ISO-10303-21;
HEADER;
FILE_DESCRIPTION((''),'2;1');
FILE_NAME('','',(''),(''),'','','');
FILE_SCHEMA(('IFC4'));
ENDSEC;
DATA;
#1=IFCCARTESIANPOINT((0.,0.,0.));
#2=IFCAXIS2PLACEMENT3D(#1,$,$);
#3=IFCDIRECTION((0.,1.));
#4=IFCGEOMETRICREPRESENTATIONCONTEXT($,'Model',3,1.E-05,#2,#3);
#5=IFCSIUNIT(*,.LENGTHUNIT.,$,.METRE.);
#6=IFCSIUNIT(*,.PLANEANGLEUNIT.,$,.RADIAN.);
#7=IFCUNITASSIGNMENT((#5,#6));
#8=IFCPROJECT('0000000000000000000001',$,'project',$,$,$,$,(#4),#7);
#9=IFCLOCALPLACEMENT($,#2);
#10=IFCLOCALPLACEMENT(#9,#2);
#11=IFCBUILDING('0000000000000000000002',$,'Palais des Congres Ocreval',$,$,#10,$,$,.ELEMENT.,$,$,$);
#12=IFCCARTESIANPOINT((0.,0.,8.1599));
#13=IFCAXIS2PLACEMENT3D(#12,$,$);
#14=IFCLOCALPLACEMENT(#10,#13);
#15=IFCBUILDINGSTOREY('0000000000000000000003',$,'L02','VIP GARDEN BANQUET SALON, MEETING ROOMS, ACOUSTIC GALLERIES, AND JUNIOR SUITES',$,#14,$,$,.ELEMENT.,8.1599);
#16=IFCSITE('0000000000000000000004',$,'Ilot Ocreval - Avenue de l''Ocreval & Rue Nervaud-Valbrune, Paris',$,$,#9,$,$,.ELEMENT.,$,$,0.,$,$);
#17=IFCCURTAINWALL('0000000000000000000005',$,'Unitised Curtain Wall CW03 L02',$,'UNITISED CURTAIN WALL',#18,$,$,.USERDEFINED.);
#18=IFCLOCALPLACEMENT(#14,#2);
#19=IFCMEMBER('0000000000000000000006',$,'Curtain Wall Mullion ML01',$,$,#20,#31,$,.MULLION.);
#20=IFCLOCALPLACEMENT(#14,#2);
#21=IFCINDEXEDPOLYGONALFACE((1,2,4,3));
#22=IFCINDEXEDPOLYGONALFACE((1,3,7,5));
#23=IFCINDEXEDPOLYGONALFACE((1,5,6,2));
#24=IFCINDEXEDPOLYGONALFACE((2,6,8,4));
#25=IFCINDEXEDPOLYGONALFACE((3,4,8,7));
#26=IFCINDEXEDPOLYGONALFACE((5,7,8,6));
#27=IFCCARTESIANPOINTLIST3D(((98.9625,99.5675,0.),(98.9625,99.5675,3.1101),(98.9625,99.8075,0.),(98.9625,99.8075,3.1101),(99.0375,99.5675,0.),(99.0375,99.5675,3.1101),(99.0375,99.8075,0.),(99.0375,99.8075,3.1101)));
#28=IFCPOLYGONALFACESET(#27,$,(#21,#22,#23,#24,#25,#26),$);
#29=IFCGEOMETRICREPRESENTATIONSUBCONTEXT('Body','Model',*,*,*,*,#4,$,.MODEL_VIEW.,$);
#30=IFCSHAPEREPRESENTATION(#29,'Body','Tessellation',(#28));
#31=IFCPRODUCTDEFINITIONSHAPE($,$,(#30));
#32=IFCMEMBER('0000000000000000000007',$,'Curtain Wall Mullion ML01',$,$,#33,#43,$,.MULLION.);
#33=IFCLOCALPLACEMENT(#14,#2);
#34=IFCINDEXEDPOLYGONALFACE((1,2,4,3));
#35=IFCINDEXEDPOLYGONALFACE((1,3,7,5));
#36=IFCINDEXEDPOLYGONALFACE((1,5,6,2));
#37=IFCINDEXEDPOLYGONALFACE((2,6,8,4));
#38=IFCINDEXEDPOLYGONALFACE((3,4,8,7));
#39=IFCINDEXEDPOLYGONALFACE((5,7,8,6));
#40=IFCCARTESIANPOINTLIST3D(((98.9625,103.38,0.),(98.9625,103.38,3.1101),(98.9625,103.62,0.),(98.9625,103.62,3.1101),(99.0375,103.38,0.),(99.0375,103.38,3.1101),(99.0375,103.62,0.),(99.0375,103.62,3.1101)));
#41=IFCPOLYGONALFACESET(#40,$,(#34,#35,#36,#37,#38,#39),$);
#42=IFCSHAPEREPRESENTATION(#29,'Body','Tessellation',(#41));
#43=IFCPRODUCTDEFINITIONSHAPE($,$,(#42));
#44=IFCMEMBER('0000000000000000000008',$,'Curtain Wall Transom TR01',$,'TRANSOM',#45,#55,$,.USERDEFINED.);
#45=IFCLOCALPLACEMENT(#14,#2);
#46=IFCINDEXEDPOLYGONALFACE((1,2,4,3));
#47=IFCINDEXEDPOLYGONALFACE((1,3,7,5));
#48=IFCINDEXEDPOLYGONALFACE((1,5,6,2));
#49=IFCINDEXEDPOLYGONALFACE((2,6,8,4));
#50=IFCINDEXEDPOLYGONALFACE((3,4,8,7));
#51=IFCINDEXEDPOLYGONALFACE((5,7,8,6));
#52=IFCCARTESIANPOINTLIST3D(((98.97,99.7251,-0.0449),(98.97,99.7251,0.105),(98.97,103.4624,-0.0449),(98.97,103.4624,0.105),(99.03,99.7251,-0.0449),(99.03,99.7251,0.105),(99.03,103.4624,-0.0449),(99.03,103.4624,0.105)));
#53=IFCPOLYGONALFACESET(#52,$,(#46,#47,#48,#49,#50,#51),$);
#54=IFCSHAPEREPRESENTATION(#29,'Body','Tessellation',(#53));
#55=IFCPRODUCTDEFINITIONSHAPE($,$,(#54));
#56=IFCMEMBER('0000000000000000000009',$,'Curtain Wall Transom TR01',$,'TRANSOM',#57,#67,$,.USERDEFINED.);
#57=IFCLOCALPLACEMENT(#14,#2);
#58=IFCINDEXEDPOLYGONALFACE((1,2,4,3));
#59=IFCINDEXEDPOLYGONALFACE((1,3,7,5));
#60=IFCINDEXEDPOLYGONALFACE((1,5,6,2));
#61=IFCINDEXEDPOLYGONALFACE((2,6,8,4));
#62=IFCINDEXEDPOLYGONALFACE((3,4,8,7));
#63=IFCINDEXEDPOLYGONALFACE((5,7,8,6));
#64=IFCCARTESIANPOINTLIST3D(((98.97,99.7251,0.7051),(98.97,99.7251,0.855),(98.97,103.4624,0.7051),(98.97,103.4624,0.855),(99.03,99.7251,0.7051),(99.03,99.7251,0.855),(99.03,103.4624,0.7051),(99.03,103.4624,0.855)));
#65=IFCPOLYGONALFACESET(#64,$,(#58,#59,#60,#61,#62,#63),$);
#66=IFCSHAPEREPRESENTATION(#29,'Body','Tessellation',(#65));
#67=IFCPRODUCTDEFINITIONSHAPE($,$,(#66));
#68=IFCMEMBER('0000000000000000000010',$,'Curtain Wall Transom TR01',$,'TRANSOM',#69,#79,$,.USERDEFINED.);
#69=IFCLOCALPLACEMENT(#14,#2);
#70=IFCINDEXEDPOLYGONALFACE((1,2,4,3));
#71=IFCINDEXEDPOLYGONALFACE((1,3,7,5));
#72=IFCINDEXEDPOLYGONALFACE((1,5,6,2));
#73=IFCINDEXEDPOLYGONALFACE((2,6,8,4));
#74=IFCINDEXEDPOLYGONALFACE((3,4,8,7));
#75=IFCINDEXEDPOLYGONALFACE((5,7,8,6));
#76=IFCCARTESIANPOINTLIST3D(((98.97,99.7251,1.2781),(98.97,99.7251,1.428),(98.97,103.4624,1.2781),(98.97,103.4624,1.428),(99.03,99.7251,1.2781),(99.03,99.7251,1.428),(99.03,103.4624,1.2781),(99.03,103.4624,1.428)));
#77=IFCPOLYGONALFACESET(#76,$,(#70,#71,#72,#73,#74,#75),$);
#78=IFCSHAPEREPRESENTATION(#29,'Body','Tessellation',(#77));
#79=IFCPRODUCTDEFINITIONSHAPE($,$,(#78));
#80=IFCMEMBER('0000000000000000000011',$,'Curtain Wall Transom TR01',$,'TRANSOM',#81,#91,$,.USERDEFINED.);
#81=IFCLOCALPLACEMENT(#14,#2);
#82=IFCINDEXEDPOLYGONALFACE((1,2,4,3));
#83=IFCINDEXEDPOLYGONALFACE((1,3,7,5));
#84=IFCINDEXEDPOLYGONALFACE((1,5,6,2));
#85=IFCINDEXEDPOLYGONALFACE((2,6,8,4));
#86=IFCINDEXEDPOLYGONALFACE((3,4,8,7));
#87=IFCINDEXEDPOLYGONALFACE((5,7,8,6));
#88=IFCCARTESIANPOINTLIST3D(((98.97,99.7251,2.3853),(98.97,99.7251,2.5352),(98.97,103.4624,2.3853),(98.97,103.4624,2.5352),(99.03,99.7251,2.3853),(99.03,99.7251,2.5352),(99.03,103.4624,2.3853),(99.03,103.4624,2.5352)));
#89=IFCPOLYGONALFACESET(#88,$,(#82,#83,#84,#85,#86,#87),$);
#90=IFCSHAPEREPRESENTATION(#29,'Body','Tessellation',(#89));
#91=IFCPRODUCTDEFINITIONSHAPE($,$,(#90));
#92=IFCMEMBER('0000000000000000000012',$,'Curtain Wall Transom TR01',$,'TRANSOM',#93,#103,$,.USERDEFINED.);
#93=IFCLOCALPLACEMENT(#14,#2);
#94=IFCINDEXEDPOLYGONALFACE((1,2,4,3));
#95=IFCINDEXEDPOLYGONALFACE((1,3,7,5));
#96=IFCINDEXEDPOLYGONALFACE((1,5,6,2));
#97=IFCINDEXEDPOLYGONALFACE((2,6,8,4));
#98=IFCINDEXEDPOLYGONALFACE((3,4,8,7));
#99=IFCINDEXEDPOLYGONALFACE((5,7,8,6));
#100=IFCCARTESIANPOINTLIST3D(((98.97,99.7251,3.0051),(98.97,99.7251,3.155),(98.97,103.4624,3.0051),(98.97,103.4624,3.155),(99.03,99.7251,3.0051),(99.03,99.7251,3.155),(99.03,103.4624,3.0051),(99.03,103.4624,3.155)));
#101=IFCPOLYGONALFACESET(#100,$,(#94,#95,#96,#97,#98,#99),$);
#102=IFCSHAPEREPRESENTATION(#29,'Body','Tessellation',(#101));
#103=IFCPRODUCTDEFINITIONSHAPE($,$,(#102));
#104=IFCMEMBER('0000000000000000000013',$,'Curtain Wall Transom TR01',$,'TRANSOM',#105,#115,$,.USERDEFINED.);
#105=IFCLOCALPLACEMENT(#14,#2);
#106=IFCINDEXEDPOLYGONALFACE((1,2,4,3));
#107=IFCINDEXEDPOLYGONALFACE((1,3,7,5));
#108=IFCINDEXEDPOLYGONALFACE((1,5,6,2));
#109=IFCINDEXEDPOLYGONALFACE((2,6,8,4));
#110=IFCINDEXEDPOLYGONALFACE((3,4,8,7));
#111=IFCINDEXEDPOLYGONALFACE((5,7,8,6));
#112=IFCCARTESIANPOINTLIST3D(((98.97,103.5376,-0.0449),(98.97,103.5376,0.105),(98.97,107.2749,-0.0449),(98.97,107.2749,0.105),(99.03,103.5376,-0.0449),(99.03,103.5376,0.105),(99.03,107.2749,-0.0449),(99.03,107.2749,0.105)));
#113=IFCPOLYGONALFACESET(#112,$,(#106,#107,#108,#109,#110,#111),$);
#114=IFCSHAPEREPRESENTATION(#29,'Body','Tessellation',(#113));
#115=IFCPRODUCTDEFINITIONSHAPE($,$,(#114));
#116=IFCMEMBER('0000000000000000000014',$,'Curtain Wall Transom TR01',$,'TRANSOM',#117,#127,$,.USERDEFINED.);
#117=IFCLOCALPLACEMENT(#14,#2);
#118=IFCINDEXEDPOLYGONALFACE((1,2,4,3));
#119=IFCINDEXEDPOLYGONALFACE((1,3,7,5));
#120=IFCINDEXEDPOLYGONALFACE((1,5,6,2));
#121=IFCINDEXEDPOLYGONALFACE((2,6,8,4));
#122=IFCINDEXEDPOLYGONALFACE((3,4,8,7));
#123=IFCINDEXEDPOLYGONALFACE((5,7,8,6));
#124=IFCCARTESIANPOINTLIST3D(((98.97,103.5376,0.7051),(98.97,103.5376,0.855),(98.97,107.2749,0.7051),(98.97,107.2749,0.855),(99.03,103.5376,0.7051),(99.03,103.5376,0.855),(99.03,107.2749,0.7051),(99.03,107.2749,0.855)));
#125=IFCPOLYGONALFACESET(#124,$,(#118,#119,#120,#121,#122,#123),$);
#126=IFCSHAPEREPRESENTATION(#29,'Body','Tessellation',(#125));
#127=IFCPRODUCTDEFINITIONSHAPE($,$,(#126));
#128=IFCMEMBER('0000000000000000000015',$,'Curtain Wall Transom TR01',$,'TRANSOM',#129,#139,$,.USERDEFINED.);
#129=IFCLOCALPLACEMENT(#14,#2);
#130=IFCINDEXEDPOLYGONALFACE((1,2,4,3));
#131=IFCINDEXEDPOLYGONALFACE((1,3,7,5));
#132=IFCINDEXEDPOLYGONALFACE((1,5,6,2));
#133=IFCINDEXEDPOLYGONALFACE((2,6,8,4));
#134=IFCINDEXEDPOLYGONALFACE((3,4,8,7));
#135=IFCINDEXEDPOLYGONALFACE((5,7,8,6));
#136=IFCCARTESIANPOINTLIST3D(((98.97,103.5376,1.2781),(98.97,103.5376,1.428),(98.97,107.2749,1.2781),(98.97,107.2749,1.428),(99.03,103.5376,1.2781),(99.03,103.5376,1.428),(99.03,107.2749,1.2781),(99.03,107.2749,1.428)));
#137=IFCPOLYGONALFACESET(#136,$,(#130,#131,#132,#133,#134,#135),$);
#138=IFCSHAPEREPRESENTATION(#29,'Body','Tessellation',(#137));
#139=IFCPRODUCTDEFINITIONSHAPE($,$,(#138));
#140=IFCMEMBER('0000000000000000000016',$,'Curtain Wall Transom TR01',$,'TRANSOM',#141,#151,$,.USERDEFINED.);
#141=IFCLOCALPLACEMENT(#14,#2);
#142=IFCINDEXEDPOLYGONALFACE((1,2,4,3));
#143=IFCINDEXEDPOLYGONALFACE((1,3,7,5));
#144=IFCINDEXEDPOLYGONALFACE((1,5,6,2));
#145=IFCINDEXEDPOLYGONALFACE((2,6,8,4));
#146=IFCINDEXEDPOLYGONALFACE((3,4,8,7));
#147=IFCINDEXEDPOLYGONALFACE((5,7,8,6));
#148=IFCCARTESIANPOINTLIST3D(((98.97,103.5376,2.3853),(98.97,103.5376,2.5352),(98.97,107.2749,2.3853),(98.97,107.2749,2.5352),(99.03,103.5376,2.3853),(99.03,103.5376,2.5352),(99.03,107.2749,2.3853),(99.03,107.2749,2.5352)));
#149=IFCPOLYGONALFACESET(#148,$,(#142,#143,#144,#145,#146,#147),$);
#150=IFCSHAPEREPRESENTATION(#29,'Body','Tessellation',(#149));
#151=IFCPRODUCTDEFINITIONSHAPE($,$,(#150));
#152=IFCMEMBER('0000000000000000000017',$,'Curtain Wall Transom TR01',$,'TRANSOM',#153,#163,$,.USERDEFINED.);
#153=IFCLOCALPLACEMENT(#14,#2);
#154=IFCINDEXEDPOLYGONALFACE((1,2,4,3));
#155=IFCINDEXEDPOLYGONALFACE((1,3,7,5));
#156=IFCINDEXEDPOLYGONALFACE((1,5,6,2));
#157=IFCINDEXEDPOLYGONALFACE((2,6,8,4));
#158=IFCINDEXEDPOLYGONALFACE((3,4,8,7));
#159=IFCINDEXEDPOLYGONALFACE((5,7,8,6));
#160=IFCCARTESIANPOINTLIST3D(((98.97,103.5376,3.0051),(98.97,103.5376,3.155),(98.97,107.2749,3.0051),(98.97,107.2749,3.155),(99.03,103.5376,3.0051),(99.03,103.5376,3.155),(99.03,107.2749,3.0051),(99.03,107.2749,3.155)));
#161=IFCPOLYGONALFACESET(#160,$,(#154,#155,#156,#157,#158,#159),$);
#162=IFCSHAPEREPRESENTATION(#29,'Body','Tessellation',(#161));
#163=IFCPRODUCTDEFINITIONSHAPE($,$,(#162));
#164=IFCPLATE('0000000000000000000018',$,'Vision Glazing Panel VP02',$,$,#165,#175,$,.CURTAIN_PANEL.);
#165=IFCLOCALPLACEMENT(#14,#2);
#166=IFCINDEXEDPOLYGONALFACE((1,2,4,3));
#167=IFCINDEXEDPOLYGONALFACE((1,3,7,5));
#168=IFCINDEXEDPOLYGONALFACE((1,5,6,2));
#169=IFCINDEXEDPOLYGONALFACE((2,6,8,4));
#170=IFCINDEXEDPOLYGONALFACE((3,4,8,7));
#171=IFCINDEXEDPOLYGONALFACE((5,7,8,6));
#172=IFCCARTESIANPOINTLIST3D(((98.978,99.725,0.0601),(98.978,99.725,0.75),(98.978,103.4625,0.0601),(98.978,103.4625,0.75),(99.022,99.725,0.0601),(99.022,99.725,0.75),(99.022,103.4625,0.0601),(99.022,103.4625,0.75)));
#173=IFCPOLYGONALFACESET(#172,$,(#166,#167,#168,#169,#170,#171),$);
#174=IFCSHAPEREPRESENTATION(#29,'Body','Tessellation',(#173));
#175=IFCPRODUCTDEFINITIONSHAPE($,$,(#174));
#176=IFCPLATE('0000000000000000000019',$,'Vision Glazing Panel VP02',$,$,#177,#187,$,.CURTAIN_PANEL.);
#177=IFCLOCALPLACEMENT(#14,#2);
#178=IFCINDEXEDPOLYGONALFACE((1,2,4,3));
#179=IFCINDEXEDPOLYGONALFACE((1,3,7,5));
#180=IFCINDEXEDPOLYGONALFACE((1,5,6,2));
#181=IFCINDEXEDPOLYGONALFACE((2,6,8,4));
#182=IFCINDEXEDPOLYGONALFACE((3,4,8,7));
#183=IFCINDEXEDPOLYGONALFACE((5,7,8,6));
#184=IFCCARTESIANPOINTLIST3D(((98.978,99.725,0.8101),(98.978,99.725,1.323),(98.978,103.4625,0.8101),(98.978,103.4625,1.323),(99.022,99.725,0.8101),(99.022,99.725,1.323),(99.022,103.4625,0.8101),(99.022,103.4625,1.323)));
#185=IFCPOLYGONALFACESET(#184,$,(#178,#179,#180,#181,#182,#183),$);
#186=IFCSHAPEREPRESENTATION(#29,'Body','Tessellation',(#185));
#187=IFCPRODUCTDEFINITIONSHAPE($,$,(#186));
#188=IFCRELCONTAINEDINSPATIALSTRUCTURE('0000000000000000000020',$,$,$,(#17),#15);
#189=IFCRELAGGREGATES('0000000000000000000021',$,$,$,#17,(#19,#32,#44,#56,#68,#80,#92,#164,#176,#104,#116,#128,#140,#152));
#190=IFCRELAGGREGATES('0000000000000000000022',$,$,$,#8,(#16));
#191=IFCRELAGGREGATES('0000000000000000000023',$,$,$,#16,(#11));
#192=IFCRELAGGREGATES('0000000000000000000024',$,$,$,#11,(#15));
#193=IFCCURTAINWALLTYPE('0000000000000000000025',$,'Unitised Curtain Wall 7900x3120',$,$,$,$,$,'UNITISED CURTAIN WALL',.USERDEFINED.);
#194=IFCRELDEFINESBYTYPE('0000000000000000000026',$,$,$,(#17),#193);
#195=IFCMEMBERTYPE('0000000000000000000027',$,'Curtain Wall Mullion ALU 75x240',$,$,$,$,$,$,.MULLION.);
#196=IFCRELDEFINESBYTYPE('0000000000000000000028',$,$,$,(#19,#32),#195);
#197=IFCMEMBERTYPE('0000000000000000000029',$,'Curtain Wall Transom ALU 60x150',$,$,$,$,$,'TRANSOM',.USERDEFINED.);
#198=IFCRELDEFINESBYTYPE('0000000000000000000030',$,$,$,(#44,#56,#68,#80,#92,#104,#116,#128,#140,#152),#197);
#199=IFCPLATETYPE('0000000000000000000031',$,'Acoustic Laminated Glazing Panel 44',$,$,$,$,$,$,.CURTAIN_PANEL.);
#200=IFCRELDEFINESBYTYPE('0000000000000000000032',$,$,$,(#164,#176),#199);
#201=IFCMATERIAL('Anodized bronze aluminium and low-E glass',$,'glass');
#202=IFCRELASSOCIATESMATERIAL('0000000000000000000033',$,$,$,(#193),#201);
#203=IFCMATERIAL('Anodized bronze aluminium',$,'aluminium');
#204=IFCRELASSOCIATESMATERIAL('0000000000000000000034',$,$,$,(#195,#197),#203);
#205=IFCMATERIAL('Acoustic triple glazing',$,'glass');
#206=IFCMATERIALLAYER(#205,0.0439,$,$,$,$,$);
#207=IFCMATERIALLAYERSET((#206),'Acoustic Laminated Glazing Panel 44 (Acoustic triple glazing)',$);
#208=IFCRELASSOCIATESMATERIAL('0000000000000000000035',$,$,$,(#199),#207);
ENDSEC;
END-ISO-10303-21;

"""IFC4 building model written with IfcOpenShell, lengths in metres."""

from ifc_helpers import new_model, si_unit, direction, frame, origin, origin_2d, place, context, subcontext, project, spatial, rectangle, extrude, material, layer, layer_set, material_profile, profile_set, type_object, element, aggregate, save


model = new_model("IFC4")

# Units and contexts
model_context = context("Model", 3, precision=1e-05, world=origin(), true_north=direction((0.0, 1.0)))
body_context = subcontext(model_context, "Body", "Model", "MODEL_VIEW")
ifc_project = project(units=[si_unit("LENGTHUNIT", "METRE"), si_unit("PLANEANGLEUNIT", "RADIAN")], contexts=[model_context])

# Site, building, storey
site_placement = place(None, origin())
site = spatial("IfcSite", under=ifc_project, at=site_placement, Name="Ilot Ocreval - Avenue de l'Ocreval & Rue Nervaud-Valbrune, Paris", CompositionType="ELEMENT", RefElevation=0.0)
building_placement = place(site_placement, origin())
building = spatial("IfcBuilding", under=site, at=building_placement, Name="Palais des Congres Ocreval", CompositionType="ELEMENT")
storey_placement = place(building_placement, frame((0.0, 0.0, 8.1599)))
storey = spatial("IfcBuildingStorey", under=building, at=storey_placement, Name="L02", Description="VIP GARDEN BANQUET SALON, MEETING ROOMS, ACOUSTIC GALLERIES, AND JUNIOR SUITES", CompositionType="ELEMENT", Elevation=8.1599)

# Curtain wall, members, plates
ifc_material_1 = material(Name="Anodized bronze aluminium and low-E glass", Category="glass")
curtain_wall_type = type_object("IfcCurtainWallType", Name="Unitised Curtain Wall 7900x3120", ElementType="UNITISED CURTAIN WALL", PredefinedType="USERDEFINED", material=ifc_material_1)
curtain_wall_placement = place(storey_placement, origin())
curtain_wall = element("IfcCurtainWall", 1, at=curtain_wall_placement, inside=storey, type_object=curtain_wall_type, Name="Unitised Curtain Wall CW03 L02", ObjectType="UNITISED CURTAIN WALL", PredefinedType="USERDEFINED")
ifc_material_2 = material(Name="Anodized bronze aluminium", Category="aluminium")
ifc_material_profile_1 = material_profile(ifc_material_2, rectangle(XDim=0.075, YDim=0.24, at=origin_2d()), Name="ALU 75x240")
ifc_profile_set_1 = profile_set([ifc_material_profile_1], Name="Anodized bronze aluminium")
member_type_1 = type_object("IfcMemberType", Name="Curtain Wall Mullion ALU 75x240", PredefinedType="MULLION", material=ifc_profile_set_1)
member_1_placement = place(storey_placement, frame((99.0, 99.6875, 0.0), z_axis=(0.0, 0.0, 1.0), x_axis=(-1.0, 0.0, 0.0)))
member_1 = element("IfcMember", 2, at=member_1_placement, type_object=member_type_1, Name="Curtain Wall Mullion ML01", PredefinedType="MULLION", context=body_context, shape_type="SweptSolid", body=[
    extrude(rectangle(XDim=0.075, YDim=0.24, at=origin_2d()), origin(), (0.0, 0.0, 1.0), 3.1101),
])
member_2_placement = place(storey_placement, frame((99.0, 103.5, 0.0), z_axis=(0.0, 0.0, 1.0), x_axis=(-1.0, 0.0, 0.0)))
member_2 = element("IfcMember", 3, at=member_2_placement, type_object=member_type_1, Name="Curtain Wall Mullion ML01", PredefinedType="MULLION", context=body_context, shape_type="SweptSolid", body=[
    extrude(rectangle(XDim=0.075, YDim=0.24, at=origin_2d()), origin(), (0.0, 0.0, 1.0), 3.1101),
])
ifc_material_profile_2 = material_profile(ifc_material_2, rectangle(XDim=0.0601, YDim=0.1499, at=origin_2d()), Name="ALU 60x150")
ifc_profile_set_2 = profile_set([ifc_material_profile_2], Name="Anodized bronze aluminium")
member_type_2 = type_object("IfcMemberType", Name="Curtain Wall Transom ALU 60x150", ElementType="TRANSOM", PredefinedType="USERDEFINED", material=ifc_profile_set_2)
member_3_placement = place(storey_placement, frame((99.0, 99.7251, 0.03), z_axis=(0.0, 1.0, 0.0), x_axis=(-1.0, 0.0, 0.0)))
member_3 = element("IfcMember", 4, at=member_3_placement, type_object=member_type_2, Name="Curtain Wall Transom TR01", ObjectType="TRANSOM", PredefinedType="USERDEFINED", context=body_context, shape_type="SweptSolid", body=[
    extrude(rectangle(XDim=0.0601, YDim=0.1499, at=origin_2d()), origin(), (0.0, 0.0, 1.0), 3.7373),
])
member_4_placement = place(storey_placement, frame((99.0, 99.7251, 0.78), z_axis=(0.0, 1.0, 0.0), x_axis=(-1.0, 0.0, 0.0)))
member_4 = element("IfcMember", 5, at=member_4_placement, type_object=member_type_2, Name="Curtain Wall Transom TR01", ObjectType="TRANSOM", PredefinedType="USERDEFINED", context=body_context, shape_type="SweptSolid", body=[
    extrude(rectangle(XDim=0.0601, YDim=0.1499, at=origin_2d()), origin(), (0.0, 0.0, 1.0), 3.7373),
])
member_5_placement = place(storey_placement, frame((99.0, 99.7251, 1.353), z_axis=(0.0, 1.0, 0.0), x_axis=(-1.0, 0.0, 0.0)))
member_5 = element("IfcMember", 6, at=member_5_placement, type_object=member_type_2, Name="Curtain Wall Transom TR01", ObjectType="TRANSOM", PredefinedType="USERDEFINED", context=body_context, shape_type="SweptSolid", body=[
    extrude(rectangle(XDim=0.0601, YDim=0.1499, at=origin_2d()), origin(), (0.0, 0.0, 1.0), 3.7373),
])
member_6_placement = place(storey_placement, frame((99.0, 99.7251, 2.4602), z_axis=(0.0, 1.0, 0.0), x_axis=(-1.0, 0.0, 0.0)))
member_6 = element("IfcMember", 7, at=member_6_placement, type_object=member_type_2, Name="Curtain Wall Transom TR01", ObjectType="TRANSOM", PredefinedType="USERDEFINED", context=body_context, shape_type="SweptSolid", body=[
    extrude(rectangle(XDim=0.0601, YDim=0.1499, at=origin_2d()), origin(), (0.0, 0.0, 1.0), 3.7373),
])
member_7_placement = place(storey_placement, frame((99.0, 99.7251, 3.0801), z_axis=(0.0, 1.0, 0.0), x_axis=(-1.0, 0.0, 0.0)))
member_7 = element("IfcMember", 8, at=member_7_placement, type_object=member_type_2, Name="Curtain Wall Transom TR01", ObjectType="TRANSOM", PredefinedType="USERDEFINED", context=body_context, shape_type="SweptSolid", body=[
    extrude(rectangle(XDim=0.0601, YDim=0.1499, at=origin_2d()), origin(), (0.0, 0.0, 1.0), 3.7373),
])
member_8_placement = place(storey_placement, frame((99.0, 103.5376, 0.03), z_axis=(0.0, 1.0, 0.0), x_axis=(-1.0, 0.0, 0.0)))
member_8 = element("IfcMember", 9, at=member_8_placement, type_object=member_type_2, Name="Curtain Wall Transom TR01", ObjectType="TRANSOM", PredefinedType="USERDEFINED", context=body_context, shape_type="SweptSolid", body=[
    extrude(rectangle(XDim=0.0601, YDim=0.1499, at=origin_2d()), origin(), (0.0, 0.0, 1.0), 3.7373),
])
member_9_placement = place(storey_placement, frame((99.0, 103.5376, 0.78), z_axis=(0.0, 1.0, 0.0), x_axis=(-1.0, 0.0, 0.0)))
member_9 = element("IfcMember", 10, at=member_9_placement, type_object=member_type_2, Name="Curtain Wall Transom TR01", ObjectType="TRANSOM", PredefinedType="USERDEFINED", context=body_context, shape_type="SweptSolid", body=[
    extrude(rectangle(XDim=0.0601, YDim=0.1499, at=origin_2d()), origin(), (0.0, 0.0, 1.0), 3.7373),
])
member_10_placement = place(storey_placement, frame((99.0, 103.5376, 1.353), z_axis=(0.0, 1.0, 0.0), x_axis=(-1.0, 0.0, 0.0)))
member_10 = element("IfcMember", 11, at=member_10_placement, type_object=member_type_2, Name="Curtain Wall Transom TR01", ObjectType="TRANSOM", PredefinedType="USERDEFINED", context=body_context, shape_type="SweptSolid", body=[
    extrude(rectangle(XDim=0.0601, YDim=0.1499, at=origin_2d()), origin(), (0.0, 0.0, 1.0), 3.7373),
])
member_11_placement = place(storey_placement, frame((99.0, 103.5376, 2.4602), z_axis=(0.0, 1.0, 0.0), x_axis=(-1.0, 0.0, 0.0)))
member_11 = element("IfcMember", 12, at=member_11_placement, type_object=member_type_2, Name="Curtain Wall Transom TR01", ObjectType="TRANSOM", PredefinedType="USERDEFINED", context=body_context, shape_type="SweptSolid", body=[
    extrude(rectangle(XDim=0.0601, YDim=0.1499, at=origin_2d()), origin(), (0.0, 0.0, 1.0), 3.7373),
])
member_12_placement = place(storey_placement, frame((99.0, 103.5376, 3.0801), z_axis=(0.0, 1.0, 0.0), x_axis=(-1.0, 0.0, 0.0)))
member_12 = element("IfcMember", 13, at=member_12_placement, type_object=member_type_2, Name="Curtain Wall Transom TR01", ObjectType="TRANSOM", PredefinedType="USERDEFINED", context=body_context, shape_type="SweptSolid", body=[
    extrude(rectangle(XDim=0.0601, YDim=0.1499, at=origin_2d()), origin(), (0.0, 0.0, 1.0), 3.7373),
])
ifc_material_3 = material(Name="Acoustic triple glazing", Category="glass")
ifc_layer_1 = layer(ifc_material_3, 0.0439)
ifc_layer_set_1 = layer_set([ifc_layer_1], Name="Acoustic Laminated Glazing Panel 44 (Acoustic triple glazing)")
plate_type_1 = type_object("IfcPlateType", Name="Acoustic Laminated Glazing Panel 44", PredefinedType="CURTAIN_PANEL", material=ifc_layer_set_1)
plate_1_placement = place(storey_placement, frame((99.0, 101.5938, 0.0601), z_axis=(0.0, 0.0, 1.0), x_axis=(0.0, 1.0, 0.0)))
plate_1 = element("IfcPlate", 14, at=plate_1_placement, type_object=plate_type_1, Name="Vision Glazing Panel VP02", PredefinedType="CURTAIN_PANEL", context=body_context, shape_type="SweptSolid", body=[
    extrude(rectangle(XDim=3.7375, YDim=0.0439, at=origin_2d()), origin(), (0.0, 0.0, 1.0), 0.6899),
])
plate_2_placement = place(storey_placement, frame((99.0, 101.5938, 0.8101), z_axis=(0.0, 0.0, 1.0), x_axis=(0.0, 1.0, 0.0)))
plate_2 = element("IfcPlate", 15, at=plate_2_placement, type_object=plate_type_1, Name="Vision Glazing Panel VP02", PredefinedType="CURTAIN_PANEL", context=body_context, shape_type="SweptSolid", body=[
    extrude(rectangle(XDim=3.7375, YDim=0.0439, at=origin_2d()), origin(), (0.0, 0.0, 1.0), 0.5129),
])
aggregate(curtain_wall, [member_1, member_2, member_3, member_4, member_5, member_6, member_7, plate_1, plate_2, member_8, member_9, member_10, member_11, member_12])

save(model, "model.ifc")
